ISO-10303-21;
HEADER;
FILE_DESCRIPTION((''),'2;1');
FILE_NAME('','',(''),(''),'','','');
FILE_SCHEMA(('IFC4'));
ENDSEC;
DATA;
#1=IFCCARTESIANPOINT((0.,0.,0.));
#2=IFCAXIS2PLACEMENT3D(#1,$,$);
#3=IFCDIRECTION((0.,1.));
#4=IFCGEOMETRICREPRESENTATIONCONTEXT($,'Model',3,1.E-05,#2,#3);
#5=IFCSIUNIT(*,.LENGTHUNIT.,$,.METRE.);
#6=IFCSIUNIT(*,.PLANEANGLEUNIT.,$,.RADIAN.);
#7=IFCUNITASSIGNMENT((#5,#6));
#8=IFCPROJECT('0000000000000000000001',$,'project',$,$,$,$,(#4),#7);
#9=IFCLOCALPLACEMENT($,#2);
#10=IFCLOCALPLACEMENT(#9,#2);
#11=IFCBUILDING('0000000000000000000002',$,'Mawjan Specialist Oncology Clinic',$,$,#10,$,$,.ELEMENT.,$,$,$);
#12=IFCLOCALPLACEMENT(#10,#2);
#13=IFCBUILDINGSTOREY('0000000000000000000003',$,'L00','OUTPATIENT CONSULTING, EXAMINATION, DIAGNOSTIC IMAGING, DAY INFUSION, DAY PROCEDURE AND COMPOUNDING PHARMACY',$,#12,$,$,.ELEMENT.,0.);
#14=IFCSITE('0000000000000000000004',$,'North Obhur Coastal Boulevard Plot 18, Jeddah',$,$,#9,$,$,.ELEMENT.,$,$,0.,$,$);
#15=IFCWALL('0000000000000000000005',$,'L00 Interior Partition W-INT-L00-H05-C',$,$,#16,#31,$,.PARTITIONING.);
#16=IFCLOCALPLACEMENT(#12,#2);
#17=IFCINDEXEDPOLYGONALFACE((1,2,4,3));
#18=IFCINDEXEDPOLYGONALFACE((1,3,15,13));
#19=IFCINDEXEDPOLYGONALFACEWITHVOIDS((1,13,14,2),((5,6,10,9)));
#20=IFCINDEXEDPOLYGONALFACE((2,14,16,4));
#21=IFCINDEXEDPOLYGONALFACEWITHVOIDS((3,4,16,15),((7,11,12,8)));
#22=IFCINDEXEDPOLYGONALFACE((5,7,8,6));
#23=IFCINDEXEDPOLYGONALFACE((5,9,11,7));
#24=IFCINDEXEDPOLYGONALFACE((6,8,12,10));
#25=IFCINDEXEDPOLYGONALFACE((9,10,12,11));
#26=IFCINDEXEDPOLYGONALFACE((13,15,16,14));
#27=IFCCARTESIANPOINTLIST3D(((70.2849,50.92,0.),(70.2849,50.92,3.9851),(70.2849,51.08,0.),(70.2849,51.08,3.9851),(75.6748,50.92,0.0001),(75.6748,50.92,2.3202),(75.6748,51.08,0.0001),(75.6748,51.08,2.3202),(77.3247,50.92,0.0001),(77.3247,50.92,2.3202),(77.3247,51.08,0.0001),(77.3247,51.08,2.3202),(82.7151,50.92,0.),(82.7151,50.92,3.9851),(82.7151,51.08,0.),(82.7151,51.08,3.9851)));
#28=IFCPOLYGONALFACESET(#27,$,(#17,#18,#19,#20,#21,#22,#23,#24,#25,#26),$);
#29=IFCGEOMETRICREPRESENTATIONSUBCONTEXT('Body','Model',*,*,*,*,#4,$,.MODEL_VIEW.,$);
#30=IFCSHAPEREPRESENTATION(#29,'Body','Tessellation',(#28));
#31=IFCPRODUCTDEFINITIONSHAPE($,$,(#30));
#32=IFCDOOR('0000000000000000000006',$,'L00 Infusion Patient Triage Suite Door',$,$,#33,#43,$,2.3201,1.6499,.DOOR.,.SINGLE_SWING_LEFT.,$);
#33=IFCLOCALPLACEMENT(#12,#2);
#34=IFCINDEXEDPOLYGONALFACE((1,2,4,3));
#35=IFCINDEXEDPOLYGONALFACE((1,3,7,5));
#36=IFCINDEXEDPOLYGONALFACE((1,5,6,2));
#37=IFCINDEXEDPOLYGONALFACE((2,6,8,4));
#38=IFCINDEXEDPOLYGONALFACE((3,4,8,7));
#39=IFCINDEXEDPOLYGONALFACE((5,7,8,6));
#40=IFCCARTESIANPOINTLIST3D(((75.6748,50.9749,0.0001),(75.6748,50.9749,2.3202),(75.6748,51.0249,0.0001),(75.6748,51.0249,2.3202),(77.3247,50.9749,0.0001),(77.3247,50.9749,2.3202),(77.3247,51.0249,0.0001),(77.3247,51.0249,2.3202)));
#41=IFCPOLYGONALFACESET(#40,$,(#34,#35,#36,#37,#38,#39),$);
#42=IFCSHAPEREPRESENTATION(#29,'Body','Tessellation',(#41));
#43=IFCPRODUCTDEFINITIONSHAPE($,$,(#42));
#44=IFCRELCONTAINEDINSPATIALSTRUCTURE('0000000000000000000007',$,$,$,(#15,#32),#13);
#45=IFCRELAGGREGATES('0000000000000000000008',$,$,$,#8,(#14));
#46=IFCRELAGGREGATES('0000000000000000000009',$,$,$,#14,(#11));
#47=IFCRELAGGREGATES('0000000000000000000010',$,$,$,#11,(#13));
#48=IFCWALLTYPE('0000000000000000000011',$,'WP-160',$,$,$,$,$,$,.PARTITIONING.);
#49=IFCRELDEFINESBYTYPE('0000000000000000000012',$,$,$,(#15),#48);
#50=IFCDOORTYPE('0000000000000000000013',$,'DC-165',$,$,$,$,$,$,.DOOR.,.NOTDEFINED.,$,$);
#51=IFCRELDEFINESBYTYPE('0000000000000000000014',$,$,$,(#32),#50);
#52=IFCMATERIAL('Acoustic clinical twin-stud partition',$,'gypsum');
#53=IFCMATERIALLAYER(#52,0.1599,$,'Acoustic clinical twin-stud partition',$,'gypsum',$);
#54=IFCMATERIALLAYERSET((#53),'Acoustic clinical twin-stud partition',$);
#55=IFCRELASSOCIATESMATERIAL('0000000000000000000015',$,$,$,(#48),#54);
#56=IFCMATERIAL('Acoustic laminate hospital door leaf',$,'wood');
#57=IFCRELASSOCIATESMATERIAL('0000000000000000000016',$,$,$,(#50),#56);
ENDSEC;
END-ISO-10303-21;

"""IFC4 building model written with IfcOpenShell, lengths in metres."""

from ifc_helpers import new_model, si_unit, direction, frame, frame_2d, origin, place, context, subcontext, project, spatial, rectangle, extrude, material, layer, layer_set, type_object, element, fill, save


model = new_model("IFC4")

# Units and contexts
model_context = context("Model", 3, precision=1e-05, world=origin(), true_north=direction((0.0, 1.0)))
body_context = subcontext(model_context, "Body", "Model", "MODEL_VIEW")
ifc_project = project(units=[si_unit("LENGTHUNIT", "METRE"), si_unit("PLANEANGLEUNIT", "RADIAN")], contexts=[model_context])

# Site, building, storey
site_placement = place(None, origin())
site = spatial("IfcSite", under=ifc_project, at=site_placement, Name="North Obhur Coastal Boulevard Plot 18, Jeddah", CompositionType="ELEMENT", RefElevation=0.0)
building_placement = place(site_placement, origin())
building = spatial("IfcBuilding", under=site, at=building_placement, Name="Mawjan Specialist Oncology Clinic", CompositionType="ELEMENT")
storey_placement = place(building_placement, origin())
storey = spatial("IfcBuildingStorey", under=building, at=storey_placement, Name="L00", Description="OUTPATIENT CONSULTING, EXAMINATION, DIAGNOSTIC IMAGING, DAY INFUSION, DAY PROCEDURE AND COMPOUNDING PHARMACY", CompositionType="ELEMENT", Elevation=0.0)

# Wall, opening, door
ifc_material_1 = material(Name="Acoustic clinical twin-stud partition", Category="gypsum")
ifc_layer_1 = layer(ifc_material_1, 0.1599, Name="Acoustic clinical twin-stud partition", Category="gypsum")
ifc_layer_set_1 = layer_set([ifc_layer_1], Name="Acoustic clinical twin-stud partition")
wall_type_1 = type_object("IfcWallType", Name="WP-160", PredefinedType="PARTITIONING", material=ifc_layer_set_1)
wall_1_placement = place(storey_placement, frame((70.2849, 51.0, 0.0), z_axis=(0.0, 0.0, 1.0), x_axis=(1.0, 0.0, 0.0)))
wall_1 = element("IfcWall", 1, at=wall_1_placement, inside=storey, type_object=wall_type_1, Name="L00 Interior Partition W-INT-L00-H05-C", PredefinedType="PARTITIONING", context=body_context, shape_type="SweptSolid", body=[
    extrude(rectangle(XDim=12.4302, YDim=0.1599, at=frame_2d((6.2151, 0.0))), origin(), (0.0, 0.0, 1.0), 3.9851),
])
opening_placement = place(wall_1_placement, frame((5.3899, 0.0, 0.0)))
opening = element("IfcOpeningElement", 2, at=opening_placement, cuts=wall_1, PredefinedType="OPENING", context=body_context, shape_type="SweptSolid", body=[
    extrude(rectangle(XDim=1.6499, YDim=2.3201, at=frame_2d((0.825, 1.1602))), frame((0.0, 0.092, 0.0), z_axis=(0.0, -1.0, 0.0), x_axis=(1.0, 0.0, 0.0)), (0.0, 0.0, 1.0), 0.1838),
])
ifc_material_2 = material(Name="Acoustic laminate hospital door leaf", Category="wood")
door_type = type_object("IfcDoorType", Name="DC-165", OperationType="NOTDEFINED", PredefinedType="DOOR", material=ifc_material_2)
door_placement = place(opening_placement, origin())
door = element("IfcDoor", 3, at=door_placement, inside=storey, type_object=door_type, Name="L00 Infusion Patient Triage Suite Door", OperationType="SINGLE_SWING_LEFT", OverallHeight=2.3201, OverallWidth=1.6499, PredefinedType="DOOR", context=body_context, shape_type="SweptSolid", body=[
    extrude(rectangle(XDim=1.6499, YDim=2.3201, at=frame_2d((0.825, 1.1602))), frame((0.0, 0.0249, 0.0), z_axis=(0.0, -1.0, 0.0), x_axis=(1.0, 0.0, 0.0)), (0.0, 0.0, 1.0), 0.05),
])
fill(opening, door)

save(model, "model.ifc")
